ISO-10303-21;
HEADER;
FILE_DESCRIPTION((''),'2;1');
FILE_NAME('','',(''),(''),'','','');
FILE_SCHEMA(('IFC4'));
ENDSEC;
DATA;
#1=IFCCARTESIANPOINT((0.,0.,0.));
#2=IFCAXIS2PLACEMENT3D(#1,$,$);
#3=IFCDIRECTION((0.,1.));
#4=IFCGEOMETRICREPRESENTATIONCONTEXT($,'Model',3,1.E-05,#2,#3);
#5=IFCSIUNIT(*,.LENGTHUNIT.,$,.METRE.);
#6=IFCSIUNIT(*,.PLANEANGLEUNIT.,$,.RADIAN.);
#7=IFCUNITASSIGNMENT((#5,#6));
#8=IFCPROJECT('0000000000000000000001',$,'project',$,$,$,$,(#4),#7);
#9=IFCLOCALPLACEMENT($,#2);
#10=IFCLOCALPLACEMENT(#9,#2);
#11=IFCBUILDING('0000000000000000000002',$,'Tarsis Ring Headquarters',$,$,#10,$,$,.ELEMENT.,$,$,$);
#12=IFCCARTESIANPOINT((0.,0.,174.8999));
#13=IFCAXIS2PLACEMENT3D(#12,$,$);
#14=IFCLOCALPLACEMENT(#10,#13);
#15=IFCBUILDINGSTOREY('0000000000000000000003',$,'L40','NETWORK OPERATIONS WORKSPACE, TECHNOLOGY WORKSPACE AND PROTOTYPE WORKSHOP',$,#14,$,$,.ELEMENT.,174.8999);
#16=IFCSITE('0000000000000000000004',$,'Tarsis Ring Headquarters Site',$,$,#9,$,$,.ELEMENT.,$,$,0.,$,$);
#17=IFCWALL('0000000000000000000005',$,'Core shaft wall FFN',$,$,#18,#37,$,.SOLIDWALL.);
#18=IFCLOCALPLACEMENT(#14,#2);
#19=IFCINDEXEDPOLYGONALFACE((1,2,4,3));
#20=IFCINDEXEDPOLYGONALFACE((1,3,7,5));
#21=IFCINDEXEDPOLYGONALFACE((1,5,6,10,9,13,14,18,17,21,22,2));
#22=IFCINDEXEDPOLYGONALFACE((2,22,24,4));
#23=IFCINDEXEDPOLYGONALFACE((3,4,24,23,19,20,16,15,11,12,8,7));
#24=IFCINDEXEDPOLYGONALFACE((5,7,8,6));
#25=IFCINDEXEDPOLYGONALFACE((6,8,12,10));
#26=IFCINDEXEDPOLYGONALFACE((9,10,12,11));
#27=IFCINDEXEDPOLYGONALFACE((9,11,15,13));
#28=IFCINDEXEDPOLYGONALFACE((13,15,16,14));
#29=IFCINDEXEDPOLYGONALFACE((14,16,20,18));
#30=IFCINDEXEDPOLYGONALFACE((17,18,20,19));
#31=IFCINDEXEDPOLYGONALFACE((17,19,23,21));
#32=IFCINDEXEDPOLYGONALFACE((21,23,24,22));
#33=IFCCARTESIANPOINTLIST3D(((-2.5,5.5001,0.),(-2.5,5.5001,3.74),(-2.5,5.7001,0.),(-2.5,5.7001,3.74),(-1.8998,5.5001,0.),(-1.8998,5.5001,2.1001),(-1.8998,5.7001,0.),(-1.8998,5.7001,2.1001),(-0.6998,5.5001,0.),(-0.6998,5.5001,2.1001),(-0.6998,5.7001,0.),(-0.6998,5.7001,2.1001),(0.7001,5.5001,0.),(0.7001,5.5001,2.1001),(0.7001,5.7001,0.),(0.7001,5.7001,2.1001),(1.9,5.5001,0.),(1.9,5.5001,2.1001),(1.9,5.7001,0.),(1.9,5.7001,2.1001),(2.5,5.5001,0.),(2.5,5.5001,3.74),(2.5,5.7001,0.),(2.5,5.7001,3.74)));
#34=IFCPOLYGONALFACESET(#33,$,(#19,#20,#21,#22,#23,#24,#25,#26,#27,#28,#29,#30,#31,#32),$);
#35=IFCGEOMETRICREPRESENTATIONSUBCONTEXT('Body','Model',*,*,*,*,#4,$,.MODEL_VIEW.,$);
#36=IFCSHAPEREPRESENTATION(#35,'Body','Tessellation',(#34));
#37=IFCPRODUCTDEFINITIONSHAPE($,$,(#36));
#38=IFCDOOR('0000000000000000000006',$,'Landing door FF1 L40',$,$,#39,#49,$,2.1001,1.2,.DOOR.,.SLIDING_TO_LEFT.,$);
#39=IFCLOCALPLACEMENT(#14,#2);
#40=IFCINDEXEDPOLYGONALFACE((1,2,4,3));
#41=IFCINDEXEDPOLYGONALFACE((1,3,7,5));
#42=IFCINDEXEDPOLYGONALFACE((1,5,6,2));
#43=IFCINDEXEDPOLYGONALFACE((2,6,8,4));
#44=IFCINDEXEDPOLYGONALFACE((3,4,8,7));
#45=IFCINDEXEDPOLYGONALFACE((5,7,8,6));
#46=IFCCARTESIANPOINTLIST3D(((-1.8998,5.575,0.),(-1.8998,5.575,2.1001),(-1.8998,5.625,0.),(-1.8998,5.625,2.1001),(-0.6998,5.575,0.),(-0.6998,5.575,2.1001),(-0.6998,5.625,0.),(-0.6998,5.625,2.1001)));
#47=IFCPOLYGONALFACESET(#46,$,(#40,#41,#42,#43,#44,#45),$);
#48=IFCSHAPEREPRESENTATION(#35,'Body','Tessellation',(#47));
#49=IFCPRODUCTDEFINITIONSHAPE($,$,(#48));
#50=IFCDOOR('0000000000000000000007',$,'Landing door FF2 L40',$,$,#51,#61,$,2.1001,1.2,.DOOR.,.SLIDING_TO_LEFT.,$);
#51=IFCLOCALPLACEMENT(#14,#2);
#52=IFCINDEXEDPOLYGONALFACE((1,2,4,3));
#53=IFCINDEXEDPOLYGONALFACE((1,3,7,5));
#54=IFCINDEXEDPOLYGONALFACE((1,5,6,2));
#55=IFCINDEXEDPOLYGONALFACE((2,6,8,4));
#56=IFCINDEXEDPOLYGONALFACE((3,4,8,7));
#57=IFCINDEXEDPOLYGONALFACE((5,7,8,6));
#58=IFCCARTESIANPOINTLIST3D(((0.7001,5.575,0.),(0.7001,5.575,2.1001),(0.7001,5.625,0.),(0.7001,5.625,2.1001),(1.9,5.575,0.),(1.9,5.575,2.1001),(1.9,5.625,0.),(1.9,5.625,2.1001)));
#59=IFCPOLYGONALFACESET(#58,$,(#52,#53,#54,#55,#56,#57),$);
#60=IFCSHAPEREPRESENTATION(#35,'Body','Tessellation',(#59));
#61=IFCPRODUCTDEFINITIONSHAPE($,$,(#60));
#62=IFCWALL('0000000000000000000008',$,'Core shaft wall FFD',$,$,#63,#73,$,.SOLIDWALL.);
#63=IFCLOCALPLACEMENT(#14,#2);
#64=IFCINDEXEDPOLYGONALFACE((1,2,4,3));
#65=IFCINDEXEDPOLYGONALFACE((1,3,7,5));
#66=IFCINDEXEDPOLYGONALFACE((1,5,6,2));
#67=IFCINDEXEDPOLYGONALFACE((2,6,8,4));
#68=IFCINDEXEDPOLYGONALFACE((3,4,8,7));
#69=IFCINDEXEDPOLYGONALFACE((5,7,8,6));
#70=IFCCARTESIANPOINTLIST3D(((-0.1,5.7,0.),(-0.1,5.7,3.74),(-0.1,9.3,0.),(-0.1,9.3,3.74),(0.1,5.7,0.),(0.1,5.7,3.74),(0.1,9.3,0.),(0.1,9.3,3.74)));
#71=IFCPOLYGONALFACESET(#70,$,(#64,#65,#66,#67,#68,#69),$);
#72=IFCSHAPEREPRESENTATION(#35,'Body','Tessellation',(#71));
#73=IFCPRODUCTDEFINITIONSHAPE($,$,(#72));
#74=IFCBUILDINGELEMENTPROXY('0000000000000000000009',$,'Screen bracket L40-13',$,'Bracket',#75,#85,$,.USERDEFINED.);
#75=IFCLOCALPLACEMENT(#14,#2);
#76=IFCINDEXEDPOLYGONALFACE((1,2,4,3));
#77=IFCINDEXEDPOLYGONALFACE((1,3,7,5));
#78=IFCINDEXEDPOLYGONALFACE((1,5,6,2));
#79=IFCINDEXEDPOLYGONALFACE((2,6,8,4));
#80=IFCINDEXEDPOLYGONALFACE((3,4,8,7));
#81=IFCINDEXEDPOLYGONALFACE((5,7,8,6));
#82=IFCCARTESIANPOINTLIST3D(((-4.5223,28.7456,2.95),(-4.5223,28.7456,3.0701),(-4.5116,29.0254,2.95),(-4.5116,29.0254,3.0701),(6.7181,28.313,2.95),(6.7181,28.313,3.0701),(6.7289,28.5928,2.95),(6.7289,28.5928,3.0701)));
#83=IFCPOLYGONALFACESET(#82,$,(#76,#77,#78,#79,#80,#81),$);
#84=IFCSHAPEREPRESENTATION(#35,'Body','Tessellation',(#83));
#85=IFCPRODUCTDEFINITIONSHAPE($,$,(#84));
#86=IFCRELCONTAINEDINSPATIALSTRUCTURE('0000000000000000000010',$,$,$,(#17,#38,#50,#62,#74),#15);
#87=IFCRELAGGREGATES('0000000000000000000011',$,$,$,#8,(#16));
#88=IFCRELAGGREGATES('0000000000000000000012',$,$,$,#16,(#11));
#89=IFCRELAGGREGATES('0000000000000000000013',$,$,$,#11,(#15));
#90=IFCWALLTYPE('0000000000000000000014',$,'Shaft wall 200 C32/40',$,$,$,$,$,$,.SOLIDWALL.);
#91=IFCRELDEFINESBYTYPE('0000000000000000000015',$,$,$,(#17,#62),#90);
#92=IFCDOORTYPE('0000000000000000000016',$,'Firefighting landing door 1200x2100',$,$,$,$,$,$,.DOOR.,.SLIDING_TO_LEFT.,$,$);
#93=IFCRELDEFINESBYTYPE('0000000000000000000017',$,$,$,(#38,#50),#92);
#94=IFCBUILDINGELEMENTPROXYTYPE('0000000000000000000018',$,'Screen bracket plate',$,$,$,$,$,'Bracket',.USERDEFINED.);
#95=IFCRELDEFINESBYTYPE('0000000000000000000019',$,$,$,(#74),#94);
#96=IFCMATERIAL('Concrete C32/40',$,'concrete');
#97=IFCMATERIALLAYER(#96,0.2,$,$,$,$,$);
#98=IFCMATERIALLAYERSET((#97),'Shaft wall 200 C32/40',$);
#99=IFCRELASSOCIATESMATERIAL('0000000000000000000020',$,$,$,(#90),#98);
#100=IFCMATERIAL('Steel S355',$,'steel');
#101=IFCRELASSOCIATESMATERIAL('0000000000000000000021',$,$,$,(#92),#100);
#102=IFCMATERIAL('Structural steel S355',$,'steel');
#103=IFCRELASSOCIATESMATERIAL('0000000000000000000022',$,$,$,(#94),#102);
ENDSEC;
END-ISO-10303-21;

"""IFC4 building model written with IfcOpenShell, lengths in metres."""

from ifc_helpers import new_model, si_unit, direction, frame, frame_2d, origin, origin_2d, place, context, subcontext, project, spatial, rectangle, extrude, material, layer, layer_set, type_object, element, fill, save


model = new_model("IFC4")

# Units and contexts
model_context = context("Model", 3, precision=1e-05, world=origin(), true_north=direction((0.0, 1.0)))
body_context = subcontext(model_context, "Body", "Model", "MODEL_VIEW")
ifc_project = project(units=[si_unit("LENGTHUNIT", "METRE"), si_unit("PLANEANGLEUNIT", "RADIAN")], contexts=[model_context])

# Site, building, storey
site_placement = place(None, origin())
site = spatial("IfcSite", under=ifc_project, at=site_placement, Name="Tarsis Ring Headquarters Site", CompositionType="ELEMENT", RefElevation=0.0)
building_placement = place(site_placement, origin())
building = spatial("IfcBuilding", under=site, at=building_placement, Name="Tarsis Ring Headquarters", CompositionType="ELEMENT")
storey_placement = place(building_placement, frame((0.0, 0.0, 174.8999)))
storey = spatial("IfcBuildingStorey", under=building, at=storey_placement, Name="L40", Description="NETWORK OPERATIONS WORKSPACE, TECHNOLOGY WORKSPACE AND PROTOTYPE WORKSHOP", CompositionType="ELEMENT", Elevation=174.8999)

# Shared definitions
ifc_material_1 = material(Name="Structural steel S355", Category="steel")

# Shared definitions
ifc_material_2 = material(Name="Concrete C32/40", Category="concrete")
ifc_layer_1 = layer(ifc_material_2, 0.2)
ifc_layer_set_1 = layer_set([ifc_layer_1], Name="Shaft wall 200 C32/40")
wall_type_1 = type_object("IfcWallType", Name="Shaft wall 200 C32/40", PredefinedType="SOLIDWALL", material=ifc_layer_set_1)

# Wall, openings, doors
wall_1_placement = place(storey_placement, frame((-2.5, 5.6001, 0.0), z_axis=(0.0, 0.0, 1.0), x_axis=(1.0, 0.0, 0.0)))
wall_1 = element("IfcWall", 1, at=wall_1_placement, inside=storey, type_object=wall_type_1, Name="Core shaft wall FFN", PredefinedType="SOLIDWALL", context=body_context, shape_type="SweptSolid", body=[
    extrude(rectangle(XDim=5.0, YDim=0.2, at=frame_2d((2.5, 0.0))), origin(), (0.0, 0.0, 1.0), 3.74),
])
opening_1_placement = place(wall_1_placement, frame((0.6001, 0.0, 0.0)))
opening_1 = element("IfcOpeningElement", 2, at=opening_1_placement, cuts=wall_1, PredefinedType="OPENING", context=body_context, shape_type="SweptSolid", body=[
    extrude(rectangle(XDim=1.2, YDim=2.1001, at=frame_2d((0.6001, 1.05))), frame((0.0, 0.1099, 0.0), z_axis=(0.0, -1.0, 0.0), x_axis=(1.0, 0.0, 0.0)), (0.0, 0.0, 1.0), 0.22),
])
opening_2_placement = place(wall_1_placement, frame((3.2, 0.0, 0.0)))
opening_2 = element("IfcOpeningElement", 3, at=opening_2_placement, cuts=wall_1, PredefinedType="OPENING", context=body_context, shape_type="SweptSolid", body=[
    extrude(rectangle(XDim=1.2, YDim=2.1001, at=frame_2d((0.6001, 1.05))), frame((0.0, 0.1099, 0.0), z_axis=(0.0, -1.0, 0.0), x_axis=(1.0, 0.0, 0.0)), (0.0, 0.0, 1.0), 0.22),
])
ifc_material_3 = material(Name="Steel S355", Category="steel")
door_type = type_object("IfcDoorType", Name="Firefighting landing door 1200x2100", OperationType="SLIDING_TO_LEFT", PredefinedType="DOOR", material=ifc_material_3)
door_1_placement = place(opening_1_placement, origin())
door_1 = element("IfcDoor", 4, at=door_1_placement, inside=storey, type_object=door_type, Name="Landing door FF1 L40", OperationType="SLIDING_TO_LEFT", OverallHeight=2.1001, OverallWidth=1.2, PredefinedType="DOOR", context=body_context, shape_type="SweptSolid", body=[
    extrude(rectangle(XDim=1.2, YDim=2.1001, at=frame_2d((0.6001, 1.05))), frame((0.0, 0.0249, 0.0), z_axis=(0.0, -1.0, 0.0), x_axis=(1.0, 0.0, 0.0)), (0.0, 0.0, 1.0), 0.05),
])
fill(opening_1, door_1)
door_2_placement = place(opening_2_placement, origin())
door_2 = element("IfcDoor", 5, at=door_2_placement, inside=storey, type_object=door_type, Name="Landing door FF2 L40", OperationType="SLIDING_TO_LEFT", OverallHeight=2.1001, OverallWidth=1.2, PredefinedType="DOOR", context=body_context, shape_type="SweptSolid", body=[
    extrude(rectangle(XDim=1.2, YDim=2.1001, at=frame_2d((0.6001, 1.05))), frame((0.0, 0.0249, 0.0), z_axis=(0.0, -1.0, 0.0), x_axis=(1.0, 0.0, 0.0)), (0.0, 0.0, 1.0), 0.05),
])
fill(opening_2, door_2)

# Wall
wall_2_placement = place(storey_placement, frame((0.0, 5.7, 0.0), z_axis=(0.0, 0.0, 1.0), x_axis=(0.0, 1.0, 0.0)))
element("IfcWall", 6, at=wall_2_placement, inside=storey, type_object=wall_type_1, Name="Core shaft wall FFD", PredefinedType="SOLIDWALL", context=body_context, shape_type="SweptSolid", body=[
    extrude(rectangle(XDim=3.6001, YDim=0.2, at=frame_2d((1.8, 0.0))), origin(), (0.0, 0.0, 1.0), 3.74),
])

# Building element proxy
building_element_proxy_type = type_object("IfcBuildingElementProxyType", Name="Screen bracket plate", ElementType="Bracket", PredefinedType="USERDEFINED", material=ifc_material_1)
proxy_placement = place(storey_placement, frame((1.1033, 28.6692, 2.95), z_axis=(0.0, 0.0, 1.0), x_axis=(-0.99926, 0.038454, 0.0)))
element("IfcBuildingElementProxy", 7, at=proxy_placement, inside=storey, type_object=building_element_proxy_type, Name="Screen bracket L40-13", ObjectType="Bracket", PredefinedType="USERDEFINED", context=body_context, shape_type="SweptSolid", body=[
    extrude(rectangle(XDim=11.2488, YDim=0.28, at=origin_2d()), origin(), (0.0, 0.0, 1.0), 0.1201),
])

save(model, "model.ifc")
